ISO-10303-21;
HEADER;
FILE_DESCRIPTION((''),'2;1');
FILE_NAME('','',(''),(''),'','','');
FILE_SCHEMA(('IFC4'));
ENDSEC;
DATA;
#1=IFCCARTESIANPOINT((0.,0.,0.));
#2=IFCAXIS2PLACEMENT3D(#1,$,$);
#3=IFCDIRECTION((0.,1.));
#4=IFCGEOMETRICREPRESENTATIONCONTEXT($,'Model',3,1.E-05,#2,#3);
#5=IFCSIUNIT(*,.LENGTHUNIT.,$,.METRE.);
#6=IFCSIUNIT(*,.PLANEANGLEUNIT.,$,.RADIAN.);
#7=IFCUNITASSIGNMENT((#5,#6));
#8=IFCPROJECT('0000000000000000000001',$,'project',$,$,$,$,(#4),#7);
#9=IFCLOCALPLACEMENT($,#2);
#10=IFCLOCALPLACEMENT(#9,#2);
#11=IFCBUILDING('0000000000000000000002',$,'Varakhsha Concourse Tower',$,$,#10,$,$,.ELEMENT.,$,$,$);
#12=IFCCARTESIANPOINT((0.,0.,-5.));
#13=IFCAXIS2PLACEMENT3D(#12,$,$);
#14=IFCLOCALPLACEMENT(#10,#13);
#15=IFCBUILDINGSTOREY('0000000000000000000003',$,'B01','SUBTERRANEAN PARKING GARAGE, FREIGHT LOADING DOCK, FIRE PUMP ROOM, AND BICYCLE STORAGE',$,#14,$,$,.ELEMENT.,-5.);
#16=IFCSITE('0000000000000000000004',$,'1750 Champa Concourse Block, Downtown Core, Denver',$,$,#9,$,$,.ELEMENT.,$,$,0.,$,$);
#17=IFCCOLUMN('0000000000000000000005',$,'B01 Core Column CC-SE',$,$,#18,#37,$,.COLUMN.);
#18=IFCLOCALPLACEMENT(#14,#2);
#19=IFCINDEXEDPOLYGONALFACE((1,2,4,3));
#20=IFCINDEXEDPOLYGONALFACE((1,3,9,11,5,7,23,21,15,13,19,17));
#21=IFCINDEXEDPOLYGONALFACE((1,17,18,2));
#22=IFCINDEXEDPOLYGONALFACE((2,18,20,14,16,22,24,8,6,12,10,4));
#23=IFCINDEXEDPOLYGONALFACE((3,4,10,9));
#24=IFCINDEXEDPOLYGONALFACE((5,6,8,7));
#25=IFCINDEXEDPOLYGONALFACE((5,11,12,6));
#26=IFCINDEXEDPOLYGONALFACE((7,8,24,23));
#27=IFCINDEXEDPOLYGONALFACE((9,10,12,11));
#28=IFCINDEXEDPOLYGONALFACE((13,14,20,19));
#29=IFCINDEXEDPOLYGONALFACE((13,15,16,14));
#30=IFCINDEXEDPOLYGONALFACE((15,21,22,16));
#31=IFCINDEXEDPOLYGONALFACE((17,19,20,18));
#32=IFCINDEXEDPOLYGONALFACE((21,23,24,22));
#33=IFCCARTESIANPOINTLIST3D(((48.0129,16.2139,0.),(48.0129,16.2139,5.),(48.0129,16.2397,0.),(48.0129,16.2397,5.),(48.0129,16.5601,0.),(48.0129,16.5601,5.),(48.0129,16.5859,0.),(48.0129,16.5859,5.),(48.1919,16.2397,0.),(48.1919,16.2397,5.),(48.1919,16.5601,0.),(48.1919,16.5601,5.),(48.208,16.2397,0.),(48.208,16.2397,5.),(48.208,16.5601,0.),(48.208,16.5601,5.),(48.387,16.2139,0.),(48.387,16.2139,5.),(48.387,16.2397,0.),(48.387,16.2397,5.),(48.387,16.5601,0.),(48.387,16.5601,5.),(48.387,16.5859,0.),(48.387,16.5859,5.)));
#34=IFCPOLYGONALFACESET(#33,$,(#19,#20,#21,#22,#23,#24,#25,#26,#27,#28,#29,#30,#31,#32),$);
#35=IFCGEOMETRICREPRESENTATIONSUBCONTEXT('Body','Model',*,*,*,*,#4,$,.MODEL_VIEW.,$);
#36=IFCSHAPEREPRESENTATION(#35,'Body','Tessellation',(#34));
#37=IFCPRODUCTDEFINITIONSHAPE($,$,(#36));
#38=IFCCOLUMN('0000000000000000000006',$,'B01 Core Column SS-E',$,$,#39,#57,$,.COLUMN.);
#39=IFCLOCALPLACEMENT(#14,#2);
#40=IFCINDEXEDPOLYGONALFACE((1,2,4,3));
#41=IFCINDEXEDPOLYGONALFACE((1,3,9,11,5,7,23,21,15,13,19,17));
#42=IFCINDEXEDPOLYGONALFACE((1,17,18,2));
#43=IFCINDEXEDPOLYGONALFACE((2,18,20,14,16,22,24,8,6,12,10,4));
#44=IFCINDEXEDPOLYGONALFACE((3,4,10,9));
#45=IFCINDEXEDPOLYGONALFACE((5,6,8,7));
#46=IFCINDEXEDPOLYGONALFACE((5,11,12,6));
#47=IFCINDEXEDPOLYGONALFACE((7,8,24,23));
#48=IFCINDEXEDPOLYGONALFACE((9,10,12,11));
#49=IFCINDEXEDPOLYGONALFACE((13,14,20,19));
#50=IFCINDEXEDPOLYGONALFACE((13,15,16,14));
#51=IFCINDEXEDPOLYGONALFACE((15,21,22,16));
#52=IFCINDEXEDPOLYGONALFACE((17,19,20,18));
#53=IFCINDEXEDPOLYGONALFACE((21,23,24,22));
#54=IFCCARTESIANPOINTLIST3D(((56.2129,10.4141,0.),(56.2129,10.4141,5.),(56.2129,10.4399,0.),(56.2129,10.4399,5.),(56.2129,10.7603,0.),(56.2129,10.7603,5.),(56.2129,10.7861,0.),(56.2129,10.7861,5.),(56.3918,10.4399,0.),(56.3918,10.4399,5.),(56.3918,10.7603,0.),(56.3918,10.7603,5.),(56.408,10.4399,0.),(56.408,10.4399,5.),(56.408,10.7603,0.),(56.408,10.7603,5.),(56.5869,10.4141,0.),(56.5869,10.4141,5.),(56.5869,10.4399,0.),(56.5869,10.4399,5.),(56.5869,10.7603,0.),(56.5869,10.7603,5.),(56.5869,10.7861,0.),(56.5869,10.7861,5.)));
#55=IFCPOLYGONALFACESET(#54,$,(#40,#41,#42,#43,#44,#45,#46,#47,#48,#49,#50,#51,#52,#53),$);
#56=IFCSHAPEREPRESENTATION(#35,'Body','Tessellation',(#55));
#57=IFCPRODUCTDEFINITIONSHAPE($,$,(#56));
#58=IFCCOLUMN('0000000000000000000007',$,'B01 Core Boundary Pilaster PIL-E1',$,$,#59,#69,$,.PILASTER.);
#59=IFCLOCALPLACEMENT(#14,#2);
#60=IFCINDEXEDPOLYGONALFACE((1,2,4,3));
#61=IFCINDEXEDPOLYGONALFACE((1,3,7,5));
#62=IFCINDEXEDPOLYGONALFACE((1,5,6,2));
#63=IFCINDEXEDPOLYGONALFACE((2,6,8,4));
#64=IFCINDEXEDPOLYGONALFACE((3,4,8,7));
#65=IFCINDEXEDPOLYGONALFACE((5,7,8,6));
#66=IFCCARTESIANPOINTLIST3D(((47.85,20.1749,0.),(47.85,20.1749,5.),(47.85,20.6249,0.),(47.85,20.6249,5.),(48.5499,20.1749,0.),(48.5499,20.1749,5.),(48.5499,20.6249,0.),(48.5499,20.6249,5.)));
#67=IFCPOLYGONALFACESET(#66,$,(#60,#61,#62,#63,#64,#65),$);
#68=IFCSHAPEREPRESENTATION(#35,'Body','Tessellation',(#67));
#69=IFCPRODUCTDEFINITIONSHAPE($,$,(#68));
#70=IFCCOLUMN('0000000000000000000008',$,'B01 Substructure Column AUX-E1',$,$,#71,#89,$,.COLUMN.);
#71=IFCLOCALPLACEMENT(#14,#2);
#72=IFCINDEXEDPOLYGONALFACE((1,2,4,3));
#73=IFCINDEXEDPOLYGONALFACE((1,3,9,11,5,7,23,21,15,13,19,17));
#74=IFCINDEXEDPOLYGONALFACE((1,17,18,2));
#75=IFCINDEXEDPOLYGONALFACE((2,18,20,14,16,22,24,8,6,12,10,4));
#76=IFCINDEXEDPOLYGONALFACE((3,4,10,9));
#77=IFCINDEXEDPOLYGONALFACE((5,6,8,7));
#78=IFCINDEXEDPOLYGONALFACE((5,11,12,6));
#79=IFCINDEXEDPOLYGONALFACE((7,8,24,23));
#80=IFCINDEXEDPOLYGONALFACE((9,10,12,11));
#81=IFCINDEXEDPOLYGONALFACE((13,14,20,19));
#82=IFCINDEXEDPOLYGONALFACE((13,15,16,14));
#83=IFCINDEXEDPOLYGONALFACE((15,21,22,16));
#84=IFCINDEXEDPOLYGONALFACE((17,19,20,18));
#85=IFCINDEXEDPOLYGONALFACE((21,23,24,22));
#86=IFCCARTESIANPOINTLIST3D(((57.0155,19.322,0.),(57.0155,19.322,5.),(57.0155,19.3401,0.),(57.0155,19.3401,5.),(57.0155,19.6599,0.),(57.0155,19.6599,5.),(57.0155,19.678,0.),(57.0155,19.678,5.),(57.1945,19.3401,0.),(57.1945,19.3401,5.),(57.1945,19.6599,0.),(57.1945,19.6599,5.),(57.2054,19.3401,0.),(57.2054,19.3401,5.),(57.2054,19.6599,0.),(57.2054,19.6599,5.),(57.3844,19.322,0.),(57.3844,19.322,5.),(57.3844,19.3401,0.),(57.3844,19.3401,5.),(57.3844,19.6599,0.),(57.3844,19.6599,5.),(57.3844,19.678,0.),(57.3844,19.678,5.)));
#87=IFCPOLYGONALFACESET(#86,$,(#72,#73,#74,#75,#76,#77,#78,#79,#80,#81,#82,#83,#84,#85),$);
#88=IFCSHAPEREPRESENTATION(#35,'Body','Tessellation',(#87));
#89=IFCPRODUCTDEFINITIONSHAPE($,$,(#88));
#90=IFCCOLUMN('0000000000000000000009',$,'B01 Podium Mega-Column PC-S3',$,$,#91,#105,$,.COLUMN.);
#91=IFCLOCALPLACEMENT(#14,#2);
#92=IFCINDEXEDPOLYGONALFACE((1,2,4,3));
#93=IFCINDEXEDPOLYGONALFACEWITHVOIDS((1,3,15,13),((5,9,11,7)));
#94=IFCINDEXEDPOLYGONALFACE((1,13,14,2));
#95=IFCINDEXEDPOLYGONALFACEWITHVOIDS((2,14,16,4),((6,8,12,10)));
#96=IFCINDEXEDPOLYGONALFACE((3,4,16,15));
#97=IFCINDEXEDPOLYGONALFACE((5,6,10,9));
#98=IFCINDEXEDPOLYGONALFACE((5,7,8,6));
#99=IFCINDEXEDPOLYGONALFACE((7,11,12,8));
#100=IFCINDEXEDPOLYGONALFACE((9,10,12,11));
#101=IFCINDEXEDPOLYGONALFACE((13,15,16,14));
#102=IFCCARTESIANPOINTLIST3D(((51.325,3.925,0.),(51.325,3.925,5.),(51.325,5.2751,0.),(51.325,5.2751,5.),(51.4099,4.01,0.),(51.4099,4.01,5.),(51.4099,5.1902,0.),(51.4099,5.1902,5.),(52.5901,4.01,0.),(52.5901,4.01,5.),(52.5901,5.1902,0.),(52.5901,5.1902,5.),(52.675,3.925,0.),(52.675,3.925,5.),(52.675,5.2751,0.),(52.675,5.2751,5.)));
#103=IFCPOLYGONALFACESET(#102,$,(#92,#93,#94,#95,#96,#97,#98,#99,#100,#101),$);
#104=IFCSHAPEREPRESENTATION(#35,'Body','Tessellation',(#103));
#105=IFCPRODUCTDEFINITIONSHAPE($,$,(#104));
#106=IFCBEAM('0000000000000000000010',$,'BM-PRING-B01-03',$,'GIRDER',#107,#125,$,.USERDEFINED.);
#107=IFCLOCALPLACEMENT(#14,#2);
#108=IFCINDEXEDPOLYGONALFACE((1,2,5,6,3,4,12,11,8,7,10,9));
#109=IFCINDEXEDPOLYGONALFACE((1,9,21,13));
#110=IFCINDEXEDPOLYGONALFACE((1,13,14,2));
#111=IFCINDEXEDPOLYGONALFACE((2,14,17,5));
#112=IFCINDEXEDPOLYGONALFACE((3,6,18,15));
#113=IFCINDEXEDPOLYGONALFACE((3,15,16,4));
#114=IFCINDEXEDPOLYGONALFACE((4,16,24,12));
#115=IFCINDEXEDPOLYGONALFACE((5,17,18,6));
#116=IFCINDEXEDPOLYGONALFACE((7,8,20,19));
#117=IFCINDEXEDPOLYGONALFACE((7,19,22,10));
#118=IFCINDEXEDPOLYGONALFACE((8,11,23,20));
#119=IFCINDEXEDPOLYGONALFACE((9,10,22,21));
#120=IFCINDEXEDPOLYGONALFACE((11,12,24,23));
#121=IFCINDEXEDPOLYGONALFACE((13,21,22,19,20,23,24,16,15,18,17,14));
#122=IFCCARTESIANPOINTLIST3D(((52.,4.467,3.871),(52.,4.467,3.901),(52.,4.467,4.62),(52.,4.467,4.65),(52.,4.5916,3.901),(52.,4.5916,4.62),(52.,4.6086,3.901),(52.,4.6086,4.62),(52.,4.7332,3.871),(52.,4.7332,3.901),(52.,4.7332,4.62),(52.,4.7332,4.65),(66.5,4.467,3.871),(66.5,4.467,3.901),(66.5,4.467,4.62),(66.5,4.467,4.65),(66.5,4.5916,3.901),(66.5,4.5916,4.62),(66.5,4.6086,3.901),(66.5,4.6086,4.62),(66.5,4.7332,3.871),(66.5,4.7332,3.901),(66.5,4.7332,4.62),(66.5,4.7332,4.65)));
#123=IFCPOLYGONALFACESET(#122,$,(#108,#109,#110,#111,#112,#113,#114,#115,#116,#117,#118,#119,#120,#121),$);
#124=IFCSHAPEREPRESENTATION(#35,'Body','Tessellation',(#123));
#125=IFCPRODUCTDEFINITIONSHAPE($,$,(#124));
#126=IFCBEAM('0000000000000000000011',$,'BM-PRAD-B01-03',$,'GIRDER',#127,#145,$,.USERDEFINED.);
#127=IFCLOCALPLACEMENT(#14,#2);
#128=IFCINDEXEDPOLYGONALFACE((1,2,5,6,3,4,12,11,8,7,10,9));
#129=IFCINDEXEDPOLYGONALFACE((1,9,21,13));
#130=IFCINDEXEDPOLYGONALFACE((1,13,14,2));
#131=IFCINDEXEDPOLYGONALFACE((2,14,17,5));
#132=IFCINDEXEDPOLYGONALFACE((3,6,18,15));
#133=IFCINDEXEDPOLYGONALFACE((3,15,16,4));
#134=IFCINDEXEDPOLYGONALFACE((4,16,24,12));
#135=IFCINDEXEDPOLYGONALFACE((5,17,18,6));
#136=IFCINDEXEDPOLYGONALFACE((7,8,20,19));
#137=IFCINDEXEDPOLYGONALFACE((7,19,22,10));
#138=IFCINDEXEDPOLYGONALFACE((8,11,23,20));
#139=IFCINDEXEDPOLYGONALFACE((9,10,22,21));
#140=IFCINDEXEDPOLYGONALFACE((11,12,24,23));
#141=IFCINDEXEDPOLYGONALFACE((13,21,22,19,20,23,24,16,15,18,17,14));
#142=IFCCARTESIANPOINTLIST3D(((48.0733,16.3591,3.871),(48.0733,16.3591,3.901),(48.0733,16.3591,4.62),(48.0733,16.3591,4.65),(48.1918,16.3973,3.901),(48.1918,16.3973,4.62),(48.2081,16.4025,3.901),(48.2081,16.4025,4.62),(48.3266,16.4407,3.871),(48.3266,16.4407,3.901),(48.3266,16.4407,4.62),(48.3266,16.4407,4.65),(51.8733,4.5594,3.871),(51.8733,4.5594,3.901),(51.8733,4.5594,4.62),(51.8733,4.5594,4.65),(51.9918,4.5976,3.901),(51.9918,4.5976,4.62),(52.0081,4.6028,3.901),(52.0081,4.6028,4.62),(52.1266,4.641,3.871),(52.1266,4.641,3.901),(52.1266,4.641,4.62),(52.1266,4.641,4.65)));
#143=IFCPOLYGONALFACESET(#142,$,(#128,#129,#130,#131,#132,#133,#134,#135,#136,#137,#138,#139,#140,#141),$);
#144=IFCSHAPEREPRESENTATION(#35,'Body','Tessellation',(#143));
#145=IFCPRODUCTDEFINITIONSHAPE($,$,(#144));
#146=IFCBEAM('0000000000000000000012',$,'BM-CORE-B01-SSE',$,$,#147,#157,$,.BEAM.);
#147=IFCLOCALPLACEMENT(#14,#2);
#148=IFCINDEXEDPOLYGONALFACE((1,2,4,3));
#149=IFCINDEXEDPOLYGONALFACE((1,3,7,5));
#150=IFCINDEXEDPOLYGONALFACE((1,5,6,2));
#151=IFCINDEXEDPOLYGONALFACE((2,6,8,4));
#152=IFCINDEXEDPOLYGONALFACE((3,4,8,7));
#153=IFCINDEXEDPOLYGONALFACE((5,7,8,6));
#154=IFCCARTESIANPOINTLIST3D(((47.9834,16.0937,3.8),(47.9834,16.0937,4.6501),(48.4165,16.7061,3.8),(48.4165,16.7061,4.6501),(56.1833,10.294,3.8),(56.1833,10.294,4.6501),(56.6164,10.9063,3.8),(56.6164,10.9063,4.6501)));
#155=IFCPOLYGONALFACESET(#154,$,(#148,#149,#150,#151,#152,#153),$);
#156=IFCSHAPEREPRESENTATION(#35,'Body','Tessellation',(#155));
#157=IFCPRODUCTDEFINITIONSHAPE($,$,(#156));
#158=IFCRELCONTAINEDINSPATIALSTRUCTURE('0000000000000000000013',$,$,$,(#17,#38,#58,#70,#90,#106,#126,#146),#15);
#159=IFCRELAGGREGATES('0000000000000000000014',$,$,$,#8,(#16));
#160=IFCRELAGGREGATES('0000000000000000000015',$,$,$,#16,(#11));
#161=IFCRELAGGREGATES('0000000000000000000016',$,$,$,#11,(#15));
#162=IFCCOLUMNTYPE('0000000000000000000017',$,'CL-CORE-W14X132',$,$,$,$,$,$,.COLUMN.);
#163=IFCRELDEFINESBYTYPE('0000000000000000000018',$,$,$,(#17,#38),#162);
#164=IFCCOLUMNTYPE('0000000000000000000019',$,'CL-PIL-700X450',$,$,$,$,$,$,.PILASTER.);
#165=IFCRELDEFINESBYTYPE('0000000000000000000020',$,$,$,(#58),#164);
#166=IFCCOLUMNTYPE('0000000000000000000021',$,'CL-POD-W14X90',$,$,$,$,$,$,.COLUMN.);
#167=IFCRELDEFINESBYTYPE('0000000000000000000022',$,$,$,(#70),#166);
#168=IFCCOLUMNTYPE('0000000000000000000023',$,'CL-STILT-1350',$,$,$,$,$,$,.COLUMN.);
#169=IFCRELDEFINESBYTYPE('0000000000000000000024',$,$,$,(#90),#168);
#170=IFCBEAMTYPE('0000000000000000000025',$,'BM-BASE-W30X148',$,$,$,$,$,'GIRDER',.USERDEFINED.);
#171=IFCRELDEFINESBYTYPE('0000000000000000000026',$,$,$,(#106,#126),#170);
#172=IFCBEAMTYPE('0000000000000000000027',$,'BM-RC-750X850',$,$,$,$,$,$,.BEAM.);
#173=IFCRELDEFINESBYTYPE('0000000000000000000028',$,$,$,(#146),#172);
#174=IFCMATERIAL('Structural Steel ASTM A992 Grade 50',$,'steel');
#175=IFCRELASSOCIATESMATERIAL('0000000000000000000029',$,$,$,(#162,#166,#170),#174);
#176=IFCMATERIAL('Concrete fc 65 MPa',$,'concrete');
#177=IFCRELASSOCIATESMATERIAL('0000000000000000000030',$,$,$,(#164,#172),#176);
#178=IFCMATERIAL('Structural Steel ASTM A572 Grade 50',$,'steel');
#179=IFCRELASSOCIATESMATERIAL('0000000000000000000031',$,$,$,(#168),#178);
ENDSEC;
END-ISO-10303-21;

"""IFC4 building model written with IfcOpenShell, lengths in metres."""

from ifc_helpers import new_model, si_unit, direction, frame, origin, origin_2d, place, context, subcontext, project, spatial, rectangle, hollow_rectangle, i_section, extrude, material, material_profile, profile_set, type_object, element, save


model = new_model("IFC4")

# Units and contexts
model_context = context("Model", 3, precision=1e-05, world=origin(), true_north=direction((0.0, 1.0)))
body_context = subcontext(model_context, "Body", "Model", "MODEL_VIEW")
ifc_project = project(units=[si_unit("LENGTHUNIT", "METRE"), si_unit("PLANEANGLEUNIT", "RADIAN")], contexts=[model_context])

# Site, building, storey
site_placement = place(None, origin())
site = spatial("IfcSite", under=ifc_project, at=site_placement, Name="1750 Champa Concourse Block, Downtown Core, Denver", CompositionType="ELEMENT", RefElevation=0.0)
building_placement = place(site_placement, origin())
building = spatial("IfcBuilding", under=site, at=building_placement, Name="Varakhsha Concourse Tower", CompositionType="ELEMENT")
storey_placement = place(building_placement, frame((0.0, 0.0, -5.0)))
storey = spatial("IfcBuildingStorey", under=building, at=storey_placement, Name="B01", Description="SUBTERRANEAN PARKING GARAGE, FREIGHT LOADING DOCK, FIRE PUMP ROOM, AND BICYCLE STORAGE", CompositionType="ELEMENT", Elevation=-5.0)

# Columns
ifc_material_1 = material(Name="Structural Steel ASTM A992 Grade 50", Category="steel")
ifc_material_profile_1 = material_profile(ifc_material_1, i_section(OverallWidth=0.374, OverallDepth=0.3721, WebThickness=0.0161, FlangeThickness=0.0259, at=origin_2d()), Name="W14X132")
ifc_profile_set_1 = profile_set([ifc_material_profile_1], Name="Structural Steel ASTM A992 Grade 50")
column_type_1 = type_object("IfcColumnType", Name="CL-CORE-W14X132", PredefinedType="COLUMN", material=ifc_profile_set_1)
for number, where, z_axis, x_axis, name in (
    (1, (48.2, 16.3999, 0.0), (0.0, 0.0, 1.0), (1.0, 0.0, 0.0), "B01 Core Column CC-SE"),
    (2, (56.3999, 10.6001, 0.0), (0.0, 0.0, 1.0), (1.0, 0.0, 0.0), "B01 Core Column SS-E"),
):
    element("IfcColumn", number, at=place(storey_placement, frame(where, z_axis=z_axis, x_axis=x_axis)), inside=storey, type_object=column_type_1, Name=name, PredefinedType="COLUMN", context=body_context, shape_type="SweptSolid", body=[
        extrude(i_section(OverallWidth=0.374, OverallDepth=0.3721, WebThickness=0.0161, FlangeThickness=0.0259, at=origin_2d()), origin(), (0.0, 0.0, 1.0), 5.0),
    ])
ifc_material_2 = material(Name="Concrete fc 65 MPa", Category="concrete")
ifc_material_profile_2 = material_profile(ifc_material_2, rectangle(XDim=0.7, YDim=0.45, at=origin_2d()), Name="RC 700x450")
ifc_profile_set_2 = profile_set([ifc_material_profile_2], Name="Concrete fc 65 MPa")
column_type_2 = type_object("IfcColumnType", Name="CL-PIL-700X450", PredefinedType="PILASTER", material=ifc_profile_set_2)
column_1_placement = place(storey_placement, frame((48.2, 20.3999, 0.0), z_axis=(0.0, 0.0, 1.0), x_axis=(1.0, 0.0, 0.0)))
element("IfcColumn", 3, at=column_1_placement, inside=storey, type_object=column_type_2, Name="B01 Core Boundary Pilaster PIL-E1", PredefinedType="PILASTER", context=body_context, shape_type="SweptSolid", body=[
    extrude(rectangle(XDim=0.7, YDim=0.45, at=origin_2d()), origin(), (0.0, 0.0, 1.0), 5.0),
])
ifc_material_profile_3 = material_profile(ifc_material_1, i_section(OverallWidth=0.3689, OverallDepth=0.356, WebThickness=0.011, FlangeThickness=0.0181, at=origin_2d()), Name="W14X90")
ifc_profile_set_3 = profile_set([ifc_material_profile_3], Name="Structural Steel ASTM A992 Grade 50")
column_type_3 = type_object("IfcColumnType", Name="CL-POD-W14X90", PredefinedType="COLUMN", material=ifc_profile_set_3)
column_2_placement = place(storey_placement, frame((57.2, 19.5, 0.0), z_axis=(0.0, 0.0, 1.0), x_axis=(1.0, 0.0, 0.0)))
element("IfcColumn", 4, at=column_2_placement, inside=storey, type_object=column_type_3, Name="B01 Substructure Column AUX-E1", PredefinedType="COLUMN", context=body_context, shape_type="SweptSolid", body=[
    extrude(i_section(OverallWidth=0.3689, OverallDepth=0.356, WebThickness=0.011, FlangeThickness=0.0181, at=origin_2d()), origin(), (0.0, 0.0, 1.0), 5.0),
])
ifc_material_3 = material(Name="Structural Steel ASTM A572 Grade 50", Category="steel")
ifc_material_profile_4 = material_profile(ifc_material_3, hollow_rectangle(XDim=1.3501, YDim=1.3501, WallThickness=0.085, at=origin_2d()), Name="BOX 1350x1350x85")
ifc_profile_set_4 = profile_set([ifc_material_profile_4], Name="Structural Steel ASTM A572 Grade 50")
column_type_4 = type_object("IfcColumnType", Name="CL-STILT-1350", PredefinedType="COLUMN", material=ifc_profile_set_4)
column_3_placement = place(storey_placement, frame((52.0, 4.6001, 0.0), z_axis=(0.0, 0.0, 1.0), x_axis=(1.0, 0.0, 0.0)))
element("IfcColumn", 5, at=column_3_placement, inside=storey, type_object=column_type_4, Name="B01 Podium Mega-Column PC-S3", PredefinedType="COLUMN", context=body_context, shape_type="SweptSolid", body=[
    extrude(hollow_rectangle(XDim=1.3501, YDim=1.3501, WallThickness=0.085, at=origin_2d()), origin(), (0.0, 0.0, 1.0), 5.0),
])

# Beams
ifc_material_profile_5 = material_profile(ifc_material_1, i_section(OverallWidth=0.2661, OverallDepth=0.7791, WebThickness=0.0171, FlangeThickness=0.03, at=origin_2d()), Name="W30X148")
ifc_profile_set_5 = profile_set([ifc_material_profile_5], Name="Structural Steel ASTM A992 Grade 50")
beam_type_1 = type_object("IfcBeamType", Name="BM-BASE-W30X148", ElementType="GIRDER", PredefinedType="USERDEFINED", material=ifc_profile_set_5)
beam_1_placement = place(storey_placement, frame((52.0, 4.6001, 4.2605), z_axis=(1.0, 0.0, 0.0), x_axis=(0.0, 1.0, 0.0)))
element("IfcBeam", 6, at=beam_1_placement, inside=storey, type_object=beam_type_1, Name="BM-PRING-B01-03", ObjectType="GIRDER", PredefinedType="USERDEFINED", context=body_context, shape_type="SweptSolid", body=[
    extrude(i_section(OverallWidth=0.2661, OverallDepth=0.7791, WebThickness=0.0171, FlangeThickness=0.03, at=origin_2d()), origin(), (0.0, 0.0, 1.0), 14.5),
])
beam_2_placement = place(storey_placement, frame((48.2, 16.3999, 4.2605), z_axis=(0.30654, -0.951858, 0.0), x_axis=(0.951858, 0.30654, 0.0)))
element("IfcBeam", 7, at=beam_2_placement, inside=storey, type_object=beam_type_1, Name="BM-PRAD-B01-03", ObjectType="GIRDER", PredefinedType="USERDEFINED", context=body_context, shape_type="SweptSolid", body=[
    extrude(i_section(OverallWidth=0.2661, OverallDepth=0.7791, WebThickness=0.0171, FlangeThickness=0.03, at=origin_2d()), origin(), (0.0, 0.0, 1.0), 12.3965),
])
ifc_material_profile_6 = material_profile(ifc_material_2, rectangle(XDim=0.75, YDim=0.8501, at=origin_2d()), Name="RC 750x850")
ifc_profile_set_6 = profile_set([ifc_material_profile_6], Name="Concrete fc 65 MPa")
beam_type_2 = type_object("IfcBeamType", Name="BM-RC-750X850", PredefinedType="BEAM", material=ifc_profile_set_6)
beam_3_placement = place(storey_placement, frame((48.2, 16.3999, 4.2251), z_axis=(0.816423, -0.577454, 0.0), x_axis=(0.577454, 0.816423, 0.0)))
element("IfcBeam", 8, at=beam_3_placement, inside=storey, type_object=beam_type_2, Name="BM-CORE-B01-SSE", PredefinedType="BEAM", context=body_context, shape_type="SweptSolid", body=[
    extrude(rectangle(XDim=0.75, YDim=0.8501, at=origin_2d()), origin(), (0.0, 0.0, 1.0), 10.0437),
])

save(model, "model.ifc")
